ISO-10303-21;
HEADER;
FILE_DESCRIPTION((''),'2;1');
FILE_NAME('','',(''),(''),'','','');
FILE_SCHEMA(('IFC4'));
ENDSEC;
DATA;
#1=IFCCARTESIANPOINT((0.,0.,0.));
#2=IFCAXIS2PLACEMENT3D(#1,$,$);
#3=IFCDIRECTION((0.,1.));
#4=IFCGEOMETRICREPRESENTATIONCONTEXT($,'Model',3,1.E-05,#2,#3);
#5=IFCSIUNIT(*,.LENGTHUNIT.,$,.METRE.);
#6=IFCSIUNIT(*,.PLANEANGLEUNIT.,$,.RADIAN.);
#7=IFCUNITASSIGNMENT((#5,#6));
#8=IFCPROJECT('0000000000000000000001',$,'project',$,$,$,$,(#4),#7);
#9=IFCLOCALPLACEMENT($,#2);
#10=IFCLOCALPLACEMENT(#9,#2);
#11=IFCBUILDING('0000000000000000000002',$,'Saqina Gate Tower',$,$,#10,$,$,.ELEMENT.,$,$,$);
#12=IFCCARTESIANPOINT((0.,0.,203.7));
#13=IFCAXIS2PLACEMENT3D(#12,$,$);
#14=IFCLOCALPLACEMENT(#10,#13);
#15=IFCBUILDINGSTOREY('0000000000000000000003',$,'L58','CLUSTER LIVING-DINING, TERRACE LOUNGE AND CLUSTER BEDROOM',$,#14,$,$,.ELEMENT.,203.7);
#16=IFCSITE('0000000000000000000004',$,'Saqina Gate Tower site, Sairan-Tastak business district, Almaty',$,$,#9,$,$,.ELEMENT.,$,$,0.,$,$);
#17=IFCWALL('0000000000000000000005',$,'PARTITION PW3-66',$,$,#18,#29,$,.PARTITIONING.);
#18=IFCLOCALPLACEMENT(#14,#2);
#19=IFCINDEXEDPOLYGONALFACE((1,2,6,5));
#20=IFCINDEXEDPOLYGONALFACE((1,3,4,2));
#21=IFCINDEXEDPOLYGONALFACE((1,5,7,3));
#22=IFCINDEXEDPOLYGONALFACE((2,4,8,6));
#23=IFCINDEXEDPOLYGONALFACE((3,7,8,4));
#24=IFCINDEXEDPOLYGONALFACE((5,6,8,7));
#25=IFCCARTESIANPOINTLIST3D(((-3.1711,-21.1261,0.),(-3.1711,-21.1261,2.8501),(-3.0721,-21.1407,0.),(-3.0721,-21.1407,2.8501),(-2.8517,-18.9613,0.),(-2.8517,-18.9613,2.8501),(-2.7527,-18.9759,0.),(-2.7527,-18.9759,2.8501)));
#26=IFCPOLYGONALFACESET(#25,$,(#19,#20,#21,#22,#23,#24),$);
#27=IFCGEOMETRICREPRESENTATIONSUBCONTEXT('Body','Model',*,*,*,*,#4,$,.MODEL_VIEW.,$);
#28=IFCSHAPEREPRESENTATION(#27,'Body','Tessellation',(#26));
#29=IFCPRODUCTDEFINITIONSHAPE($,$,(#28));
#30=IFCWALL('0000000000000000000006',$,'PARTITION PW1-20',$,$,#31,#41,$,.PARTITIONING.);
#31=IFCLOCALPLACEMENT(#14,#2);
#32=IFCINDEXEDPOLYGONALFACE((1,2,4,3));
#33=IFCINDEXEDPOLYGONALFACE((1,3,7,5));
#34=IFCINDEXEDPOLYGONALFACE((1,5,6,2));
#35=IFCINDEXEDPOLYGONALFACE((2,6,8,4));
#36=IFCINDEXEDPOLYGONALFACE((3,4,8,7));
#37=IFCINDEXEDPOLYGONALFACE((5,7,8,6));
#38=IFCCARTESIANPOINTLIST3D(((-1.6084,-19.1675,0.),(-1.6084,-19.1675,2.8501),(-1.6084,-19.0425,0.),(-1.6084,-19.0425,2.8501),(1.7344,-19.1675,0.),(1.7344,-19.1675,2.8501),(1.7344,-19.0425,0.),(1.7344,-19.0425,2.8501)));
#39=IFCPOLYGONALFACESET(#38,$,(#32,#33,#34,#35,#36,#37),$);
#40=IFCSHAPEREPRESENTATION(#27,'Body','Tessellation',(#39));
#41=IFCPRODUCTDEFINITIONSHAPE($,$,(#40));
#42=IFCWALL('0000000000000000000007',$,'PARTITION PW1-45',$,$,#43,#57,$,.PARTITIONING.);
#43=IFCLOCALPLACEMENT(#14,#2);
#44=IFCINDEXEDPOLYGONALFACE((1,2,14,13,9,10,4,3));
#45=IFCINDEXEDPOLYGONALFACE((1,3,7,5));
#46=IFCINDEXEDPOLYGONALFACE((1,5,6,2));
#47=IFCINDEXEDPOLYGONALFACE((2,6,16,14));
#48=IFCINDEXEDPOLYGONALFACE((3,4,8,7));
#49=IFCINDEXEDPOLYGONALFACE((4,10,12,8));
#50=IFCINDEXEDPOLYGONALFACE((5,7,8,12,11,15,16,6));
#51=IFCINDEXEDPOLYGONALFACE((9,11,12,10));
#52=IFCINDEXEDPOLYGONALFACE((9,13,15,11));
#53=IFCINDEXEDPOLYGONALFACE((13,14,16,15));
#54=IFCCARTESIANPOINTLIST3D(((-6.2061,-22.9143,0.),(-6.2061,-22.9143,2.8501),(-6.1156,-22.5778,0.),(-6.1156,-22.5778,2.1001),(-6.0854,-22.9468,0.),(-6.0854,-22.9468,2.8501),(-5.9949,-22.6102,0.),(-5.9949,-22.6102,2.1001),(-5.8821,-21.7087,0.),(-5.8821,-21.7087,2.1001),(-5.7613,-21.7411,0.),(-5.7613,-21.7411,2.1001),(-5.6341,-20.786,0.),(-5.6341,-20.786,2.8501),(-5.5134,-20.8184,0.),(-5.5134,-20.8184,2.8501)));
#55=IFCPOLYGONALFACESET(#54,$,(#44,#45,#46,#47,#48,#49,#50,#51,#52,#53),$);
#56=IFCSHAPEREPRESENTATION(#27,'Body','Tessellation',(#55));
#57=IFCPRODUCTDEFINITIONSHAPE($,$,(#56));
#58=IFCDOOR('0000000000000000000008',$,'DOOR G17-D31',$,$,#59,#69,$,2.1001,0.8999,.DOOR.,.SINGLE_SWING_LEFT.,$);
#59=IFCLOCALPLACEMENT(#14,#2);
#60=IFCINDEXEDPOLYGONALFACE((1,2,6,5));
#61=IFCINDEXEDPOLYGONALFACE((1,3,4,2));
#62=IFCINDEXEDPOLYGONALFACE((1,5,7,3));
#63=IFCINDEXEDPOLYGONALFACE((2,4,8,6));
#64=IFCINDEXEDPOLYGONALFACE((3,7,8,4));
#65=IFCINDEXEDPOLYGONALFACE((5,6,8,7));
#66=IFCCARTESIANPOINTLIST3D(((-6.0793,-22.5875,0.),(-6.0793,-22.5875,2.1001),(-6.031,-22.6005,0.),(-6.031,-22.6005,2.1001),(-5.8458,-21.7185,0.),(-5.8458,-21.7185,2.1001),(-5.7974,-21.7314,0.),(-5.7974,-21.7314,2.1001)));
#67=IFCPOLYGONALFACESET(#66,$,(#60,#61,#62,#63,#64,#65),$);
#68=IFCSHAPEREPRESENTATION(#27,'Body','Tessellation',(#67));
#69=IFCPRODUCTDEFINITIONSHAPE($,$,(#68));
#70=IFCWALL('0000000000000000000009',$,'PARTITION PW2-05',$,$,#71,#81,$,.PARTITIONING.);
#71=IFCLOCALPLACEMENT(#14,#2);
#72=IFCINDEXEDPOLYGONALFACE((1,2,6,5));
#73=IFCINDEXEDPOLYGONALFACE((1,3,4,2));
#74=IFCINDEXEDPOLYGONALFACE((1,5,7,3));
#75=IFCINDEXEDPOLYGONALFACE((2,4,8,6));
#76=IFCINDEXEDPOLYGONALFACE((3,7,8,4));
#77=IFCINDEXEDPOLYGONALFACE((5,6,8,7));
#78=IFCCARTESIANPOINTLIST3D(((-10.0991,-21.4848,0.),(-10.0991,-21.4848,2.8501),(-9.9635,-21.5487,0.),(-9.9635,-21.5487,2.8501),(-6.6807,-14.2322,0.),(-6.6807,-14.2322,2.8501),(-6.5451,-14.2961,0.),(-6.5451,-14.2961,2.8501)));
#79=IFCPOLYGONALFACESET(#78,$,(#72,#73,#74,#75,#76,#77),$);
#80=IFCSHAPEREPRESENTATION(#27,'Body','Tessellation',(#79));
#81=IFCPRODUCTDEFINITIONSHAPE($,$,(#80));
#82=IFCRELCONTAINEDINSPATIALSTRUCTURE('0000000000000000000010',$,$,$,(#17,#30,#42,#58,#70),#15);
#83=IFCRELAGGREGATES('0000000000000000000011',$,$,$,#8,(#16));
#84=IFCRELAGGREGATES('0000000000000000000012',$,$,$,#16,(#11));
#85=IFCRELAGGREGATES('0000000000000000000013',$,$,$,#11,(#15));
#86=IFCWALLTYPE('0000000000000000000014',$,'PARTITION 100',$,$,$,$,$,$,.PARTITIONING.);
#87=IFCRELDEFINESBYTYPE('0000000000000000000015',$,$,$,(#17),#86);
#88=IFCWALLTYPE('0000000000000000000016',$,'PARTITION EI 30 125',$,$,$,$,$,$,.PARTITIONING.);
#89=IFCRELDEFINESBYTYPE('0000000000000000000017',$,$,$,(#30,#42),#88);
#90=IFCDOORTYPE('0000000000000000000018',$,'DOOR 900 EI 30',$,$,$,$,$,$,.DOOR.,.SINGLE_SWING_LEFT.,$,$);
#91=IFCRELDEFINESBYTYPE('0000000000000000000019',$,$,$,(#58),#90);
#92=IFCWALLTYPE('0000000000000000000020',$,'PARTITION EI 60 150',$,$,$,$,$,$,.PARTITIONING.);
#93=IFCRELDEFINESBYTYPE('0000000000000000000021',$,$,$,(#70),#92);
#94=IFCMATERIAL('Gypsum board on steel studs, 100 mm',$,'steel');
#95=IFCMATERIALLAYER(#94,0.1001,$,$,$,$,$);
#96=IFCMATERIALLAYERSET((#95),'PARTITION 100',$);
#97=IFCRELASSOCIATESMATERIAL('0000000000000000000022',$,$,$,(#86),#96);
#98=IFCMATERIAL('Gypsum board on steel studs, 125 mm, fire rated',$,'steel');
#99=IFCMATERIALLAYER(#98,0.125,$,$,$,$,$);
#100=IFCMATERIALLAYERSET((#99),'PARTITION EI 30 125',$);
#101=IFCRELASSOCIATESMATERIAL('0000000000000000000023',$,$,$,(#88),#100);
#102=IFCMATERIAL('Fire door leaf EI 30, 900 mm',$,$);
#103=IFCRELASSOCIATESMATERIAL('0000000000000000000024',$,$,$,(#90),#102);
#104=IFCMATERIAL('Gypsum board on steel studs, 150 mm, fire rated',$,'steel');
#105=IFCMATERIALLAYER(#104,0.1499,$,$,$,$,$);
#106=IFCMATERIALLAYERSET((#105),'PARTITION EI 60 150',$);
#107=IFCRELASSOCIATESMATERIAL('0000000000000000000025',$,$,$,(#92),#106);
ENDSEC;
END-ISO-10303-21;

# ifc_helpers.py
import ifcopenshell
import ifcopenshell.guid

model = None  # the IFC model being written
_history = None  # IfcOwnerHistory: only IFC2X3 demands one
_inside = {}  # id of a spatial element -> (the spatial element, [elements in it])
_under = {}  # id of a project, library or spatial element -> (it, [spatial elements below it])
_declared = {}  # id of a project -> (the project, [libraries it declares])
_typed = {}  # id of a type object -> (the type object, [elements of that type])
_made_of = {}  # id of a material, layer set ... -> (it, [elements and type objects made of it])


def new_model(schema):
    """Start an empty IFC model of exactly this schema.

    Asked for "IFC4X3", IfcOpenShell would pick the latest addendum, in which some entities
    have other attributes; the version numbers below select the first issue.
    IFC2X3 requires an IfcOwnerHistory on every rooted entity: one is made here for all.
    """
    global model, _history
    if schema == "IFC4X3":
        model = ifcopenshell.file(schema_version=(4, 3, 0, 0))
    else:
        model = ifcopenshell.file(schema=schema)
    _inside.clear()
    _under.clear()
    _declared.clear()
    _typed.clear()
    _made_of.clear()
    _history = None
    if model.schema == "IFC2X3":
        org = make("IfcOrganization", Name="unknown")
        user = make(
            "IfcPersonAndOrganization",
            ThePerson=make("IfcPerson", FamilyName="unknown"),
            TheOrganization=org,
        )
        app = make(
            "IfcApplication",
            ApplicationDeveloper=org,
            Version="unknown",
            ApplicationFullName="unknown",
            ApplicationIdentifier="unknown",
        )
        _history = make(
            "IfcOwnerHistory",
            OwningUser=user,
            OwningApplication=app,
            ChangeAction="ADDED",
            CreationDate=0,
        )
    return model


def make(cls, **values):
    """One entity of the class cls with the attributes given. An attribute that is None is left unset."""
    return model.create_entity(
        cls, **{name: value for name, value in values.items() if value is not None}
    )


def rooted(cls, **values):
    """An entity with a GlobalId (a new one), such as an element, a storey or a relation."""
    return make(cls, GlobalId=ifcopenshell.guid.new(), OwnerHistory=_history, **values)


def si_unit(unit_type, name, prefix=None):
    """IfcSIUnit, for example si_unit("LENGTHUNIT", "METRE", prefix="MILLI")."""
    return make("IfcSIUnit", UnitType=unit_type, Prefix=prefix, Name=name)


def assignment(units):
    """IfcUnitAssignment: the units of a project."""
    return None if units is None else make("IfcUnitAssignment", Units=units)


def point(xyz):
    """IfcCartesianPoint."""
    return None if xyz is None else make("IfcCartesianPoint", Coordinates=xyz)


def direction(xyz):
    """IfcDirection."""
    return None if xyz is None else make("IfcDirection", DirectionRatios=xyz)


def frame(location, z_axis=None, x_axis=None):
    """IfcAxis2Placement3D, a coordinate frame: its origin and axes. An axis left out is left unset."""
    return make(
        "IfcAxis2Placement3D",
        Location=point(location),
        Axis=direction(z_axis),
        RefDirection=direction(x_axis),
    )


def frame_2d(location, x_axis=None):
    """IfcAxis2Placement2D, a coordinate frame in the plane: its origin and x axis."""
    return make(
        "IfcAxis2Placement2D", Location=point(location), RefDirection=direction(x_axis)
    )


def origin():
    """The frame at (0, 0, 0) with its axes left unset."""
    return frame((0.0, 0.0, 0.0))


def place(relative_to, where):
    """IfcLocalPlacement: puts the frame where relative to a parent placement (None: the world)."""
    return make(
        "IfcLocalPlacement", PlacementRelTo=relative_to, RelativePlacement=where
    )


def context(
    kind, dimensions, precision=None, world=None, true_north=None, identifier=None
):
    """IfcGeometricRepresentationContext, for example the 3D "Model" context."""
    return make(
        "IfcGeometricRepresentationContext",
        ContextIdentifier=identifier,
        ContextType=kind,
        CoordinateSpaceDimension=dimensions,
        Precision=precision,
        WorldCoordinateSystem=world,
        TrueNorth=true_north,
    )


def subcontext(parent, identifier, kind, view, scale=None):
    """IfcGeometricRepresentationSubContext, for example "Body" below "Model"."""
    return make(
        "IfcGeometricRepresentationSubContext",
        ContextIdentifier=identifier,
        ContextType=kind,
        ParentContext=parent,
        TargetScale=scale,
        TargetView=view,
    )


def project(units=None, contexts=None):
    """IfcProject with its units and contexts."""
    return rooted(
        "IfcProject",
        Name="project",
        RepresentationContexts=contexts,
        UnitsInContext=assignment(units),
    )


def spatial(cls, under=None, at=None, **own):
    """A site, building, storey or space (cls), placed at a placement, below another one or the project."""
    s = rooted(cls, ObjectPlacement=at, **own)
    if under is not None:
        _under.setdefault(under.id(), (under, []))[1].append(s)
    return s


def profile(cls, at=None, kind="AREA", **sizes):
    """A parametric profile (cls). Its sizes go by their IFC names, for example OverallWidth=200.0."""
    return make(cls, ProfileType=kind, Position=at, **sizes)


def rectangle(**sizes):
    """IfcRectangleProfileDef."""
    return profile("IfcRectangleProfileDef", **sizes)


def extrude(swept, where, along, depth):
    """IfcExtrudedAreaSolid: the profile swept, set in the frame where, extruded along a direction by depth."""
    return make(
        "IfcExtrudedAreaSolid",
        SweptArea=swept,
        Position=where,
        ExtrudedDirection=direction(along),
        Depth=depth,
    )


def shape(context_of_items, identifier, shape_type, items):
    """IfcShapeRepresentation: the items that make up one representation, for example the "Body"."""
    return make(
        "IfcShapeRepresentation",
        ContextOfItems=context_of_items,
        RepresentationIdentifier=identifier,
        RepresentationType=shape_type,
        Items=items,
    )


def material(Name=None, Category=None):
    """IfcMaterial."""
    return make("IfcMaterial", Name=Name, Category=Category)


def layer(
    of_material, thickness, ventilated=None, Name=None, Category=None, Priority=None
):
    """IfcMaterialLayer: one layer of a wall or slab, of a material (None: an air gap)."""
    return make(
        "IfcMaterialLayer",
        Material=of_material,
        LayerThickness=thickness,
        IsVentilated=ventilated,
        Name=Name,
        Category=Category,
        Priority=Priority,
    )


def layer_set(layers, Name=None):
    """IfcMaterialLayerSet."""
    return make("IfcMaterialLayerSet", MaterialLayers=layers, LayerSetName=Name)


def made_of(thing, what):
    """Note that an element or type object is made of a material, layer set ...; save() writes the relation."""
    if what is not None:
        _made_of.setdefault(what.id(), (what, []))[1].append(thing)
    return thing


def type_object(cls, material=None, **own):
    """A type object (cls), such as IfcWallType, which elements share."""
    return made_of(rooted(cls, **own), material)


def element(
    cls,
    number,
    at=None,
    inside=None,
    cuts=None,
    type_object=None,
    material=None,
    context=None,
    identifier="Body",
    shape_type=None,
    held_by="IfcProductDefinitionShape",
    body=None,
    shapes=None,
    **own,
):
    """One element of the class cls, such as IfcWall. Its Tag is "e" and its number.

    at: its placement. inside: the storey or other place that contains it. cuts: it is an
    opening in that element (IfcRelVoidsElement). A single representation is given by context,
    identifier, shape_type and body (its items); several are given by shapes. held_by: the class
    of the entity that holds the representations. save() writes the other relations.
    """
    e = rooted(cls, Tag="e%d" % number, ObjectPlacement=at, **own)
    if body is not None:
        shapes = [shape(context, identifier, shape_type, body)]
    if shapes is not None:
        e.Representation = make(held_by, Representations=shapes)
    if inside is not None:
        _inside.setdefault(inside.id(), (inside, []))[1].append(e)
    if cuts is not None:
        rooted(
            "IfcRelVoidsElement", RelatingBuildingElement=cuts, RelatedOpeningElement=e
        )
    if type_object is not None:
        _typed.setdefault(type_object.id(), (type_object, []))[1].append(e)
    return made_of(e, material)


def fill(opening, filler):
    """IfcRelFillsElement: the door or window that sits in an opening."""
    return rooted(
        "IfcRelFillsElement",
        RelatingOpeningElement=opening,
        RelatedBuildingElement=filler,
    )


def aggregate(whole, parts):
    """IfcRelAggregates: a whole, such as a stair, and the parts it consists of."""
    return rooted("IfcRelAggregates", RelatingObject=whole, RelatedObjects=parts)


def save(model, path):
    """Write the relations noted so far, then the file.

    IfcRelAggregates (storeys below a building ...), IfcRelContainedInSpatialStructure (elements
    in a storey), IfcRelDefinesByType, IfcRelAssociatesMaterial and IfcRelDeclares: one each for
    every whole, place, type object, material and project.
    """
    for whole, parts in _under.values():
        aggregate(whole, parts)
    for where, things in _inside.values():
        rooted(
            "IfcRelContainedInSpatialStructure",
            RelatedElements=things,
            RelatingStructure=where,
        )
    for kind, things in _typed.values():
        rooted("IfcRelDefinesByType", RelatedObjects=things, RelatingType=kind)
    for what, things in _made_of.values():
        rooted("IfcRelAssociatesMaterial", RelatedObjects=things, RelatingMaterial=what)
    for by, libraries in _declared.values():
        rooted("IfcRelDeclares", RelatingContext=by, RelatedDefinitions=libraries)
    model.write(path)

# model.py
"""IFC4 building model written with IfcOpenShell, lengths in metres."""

from ifc_helpers import new_model, si_unit, direction, frame, frame_2d, origin, place, context, subcontext, project, spatial, rectangle, extrude, material, layer, layer_set, type_object, element, fill, save


model = new_model("IFC4")

# Units and contexts
model_context = context("Model", 3, precision=1e-05, world=origin(), true_north=direction((0.0, 1.0)))
body_context = subcontext(model_context, "Body", "Model", "MODEL_VIEW")
ifc_project = project(units=[si_unit("LENGTHUNIT", "METRE"), si_unit("PLANEANGLEUNIT", "RADIAN")], contexts=[model_context])

# Site, building, storey
site_placement = place(None, origin())
site = spatial("IfcSite", under=ifc_project, at=site_placement, Name="Saqina Gate Tower site, Sairan-Tastak business district, Almaty", CompositionType="ELEMENT", RefElevation=0.0)
building_placement = place(site_placement, origin())
building = spatial("IfcBuilding", under=site, at=building_placement, Name="Saqina Gate Tower", CompositionType="ELEMENT")
storey_placement = place(building_placement, frame((0.0, 0.0, 203.7)))
storey = spatial("IfcBuildingStorey", under=building, at=storey_placement, Name="L58", Description="CLUSTER LIVING-DINING, TERRACE LOUNGE AND CLUSTER BEDROOM", CompositionType="ELEMENT", Elevation=203.7)

# Shared definitions
ifc_material_1 = material(Name="Gypsum board on steel studs, 100 mm", Category="steel")
ifc_layer_1 = layer(ifc_material_1, 0.1001)
ifc_layer_set_1 = layer_set([ifc_layer_1], Name="PARTITION 100")
wall_type_1 = type_object("IfcWallType", Name="PARTITION 100", PredefinedType="PARTITIONING", material=ifc_layer_set_1)

# Walls
wall_1_placement = place(storey_placement, frame((-3.1216, -21.1335, 0.0), z_axis=(0.0, 0.0, 1.0), x_axis=(0.145934, 0.989294, 0.0)))
element("IfcWall", 1, at=wall_1_placement, inside=storey, type_object=wall_type_1, Name="PARTITION PW3-66", PredefinedType="PARTITIONING", context=body_context, shape_type="SweptSolid", body=[
    extrude(rectangle(XDim=2.1882, YDim=0.1001, at=frame_2d((1.0942, 0.0))), origin(), (0.0, 0.0, 1.0), 2.8501),
])
ifc_material_2 = material(Name="Gypsum board on steel studs, 125 mm, fire rated", Category="steel")
ifc_layer_2 = layer(ifc_material_2, 0.125)
ifc_layer_set_2 = layer_set([ifc_layer_2], Name="PARTITION EI 30 125")
wall_type_2 = type_object("IfcWallType", Name="PARTITION EI 30 125", PredefinedType="PARTITIONING", material=ifc_layer_set_2)
wall_2_placement = place(storey_placement, frame((-1.6084, -19.105, 0.0), z_axis=(0.0, 0.0, 1.0), x_axis=(1.0, 0.0, 0.0)))
element("IfcWall", 2, at=wall_2_placement, inside=storey, type_object=wall_type_2, Name="PARTITION PW1-20", PredefinedType="PARTITIONING", context=body_context, shape_type="SweptSolid", body=[
    extrude(rectangle(XDim=3.3428, YDim=0.125, at=frame_2d((1.6714, 0.0))), origin(), (0.0, 0.0, 1.0), 2.8501),
])

# Wall, opening, door
wall_3_placement = place(storey_placement, frame((-6.1458, -22.9307, 0.0), z_axis=(0.0, 0.0, 1.0), x_axis=(0.259544, 0.965731, 0.0)))
wall_3 = element("IfcWall", 3, at=wall_3_placement, inside=storey, type_object=wall_type_2, Name="PARTITION PW1-45", PredefinedType="PARTITIONING", context=body_context, shape_type="SweptSolid", body=[
    extrude(rectangle(XDim=2.2039, YDim=0.125, at=frame_2d((1.1021, 0.0))), origin(), (0.0, 0.0, 1.0), 2.8501),
])
opening_1_placement = place(wall_3_placement, frame((0.3486, 0.0, 0.0)))
opening_1 = element("IfcOpeningElement", 4, at=opening_1_placement, cuts=wall_3, PredefinedType="OPENING", context=body_context, shape_type="SweptSolid", body=[
    extrude(rectangle(XDim=0.8999, YDim=2.1001, at=frame_2d((0.45, 1.05))), frame((0.0, 0.0745, 0.0), z_axis=(0.0, -1.0, 0.0), x_axis=(1.0, 0.0, 0.0)), (0.0, 0.0, 1.0), 0.1489),
])
ifc_material_3 = material(Name="Fire door leaf EI 30, 900 mm")
door_type_1 = type_object("IfcDoorType", Name="DOOR 900 EI 30", OperationType="SINGLE_SWING_LEFT", PredefinedType="DOOR", material=ifc_material_3)
door_1_placement = place(opening_1_placement, origin())
door_1 = element("IfcDoor", 5, at=door_1_placement, inside=storey, type_object=door_type_1, Name="DOOR G17-D31", OperationType="SINGLE_SWING_LEFT", OverallHeight=2.1001, OverallWidth=0.8999, PredefinedType="DOOR", context=body_context, shape_type="SweptSolid", body=[
    extrude(rectangle(XDim=0.8999, YDim=2.1001, at=frame_2d((0.45, 1.05))), frame((0.0, 0.0249, 0.0), z_axis=(0.0, -1.0, 0.0), x_axis=(1.0, 0.0, 0.0)), (0.0, 0.0, 1.0), 0.05),
])
fill(opening_1, door_1)

# Wall
ifc_material_4 = material(Name="Gypsum board on steel studs, 150 mm, fire rated", Category="steel")
ifc_layer_3 = layer(ifc_material_4, 0.1499)
ifc_layer_set_3 = layer_set([ifc_layer_3], Name="PARTITION EI 60 150")
wall_type_3 = type_object("IfcWallType", Name="PARTITION EI 60 150", PredefinedType="PARTITIONING", material=ifc_layer_set_3)
wall_4_placement = place(storey_placement, frame((-10.0312, -21.5166, 0.0), z_axis=(0.0, 0.0, 1.0), x_axis=(0.426351, 0.904558, 0.0)))
element("IfcWall", 6, at=wall_4_placement, inside=storey, type_object=wall_type_3, Name="PARTITION PW2-05", PredefinedType="PARTITIONING", context=body_context, shape_type="SweptSolid", body=[
    extrude(rectangle(XDim=8.0178, YDim=0.1499, at=frame_2d((4.0088, 0.0))), origin(), (0.0, 0.0, 1.0), 2.8501),
])

save(model, "model.ifc")
